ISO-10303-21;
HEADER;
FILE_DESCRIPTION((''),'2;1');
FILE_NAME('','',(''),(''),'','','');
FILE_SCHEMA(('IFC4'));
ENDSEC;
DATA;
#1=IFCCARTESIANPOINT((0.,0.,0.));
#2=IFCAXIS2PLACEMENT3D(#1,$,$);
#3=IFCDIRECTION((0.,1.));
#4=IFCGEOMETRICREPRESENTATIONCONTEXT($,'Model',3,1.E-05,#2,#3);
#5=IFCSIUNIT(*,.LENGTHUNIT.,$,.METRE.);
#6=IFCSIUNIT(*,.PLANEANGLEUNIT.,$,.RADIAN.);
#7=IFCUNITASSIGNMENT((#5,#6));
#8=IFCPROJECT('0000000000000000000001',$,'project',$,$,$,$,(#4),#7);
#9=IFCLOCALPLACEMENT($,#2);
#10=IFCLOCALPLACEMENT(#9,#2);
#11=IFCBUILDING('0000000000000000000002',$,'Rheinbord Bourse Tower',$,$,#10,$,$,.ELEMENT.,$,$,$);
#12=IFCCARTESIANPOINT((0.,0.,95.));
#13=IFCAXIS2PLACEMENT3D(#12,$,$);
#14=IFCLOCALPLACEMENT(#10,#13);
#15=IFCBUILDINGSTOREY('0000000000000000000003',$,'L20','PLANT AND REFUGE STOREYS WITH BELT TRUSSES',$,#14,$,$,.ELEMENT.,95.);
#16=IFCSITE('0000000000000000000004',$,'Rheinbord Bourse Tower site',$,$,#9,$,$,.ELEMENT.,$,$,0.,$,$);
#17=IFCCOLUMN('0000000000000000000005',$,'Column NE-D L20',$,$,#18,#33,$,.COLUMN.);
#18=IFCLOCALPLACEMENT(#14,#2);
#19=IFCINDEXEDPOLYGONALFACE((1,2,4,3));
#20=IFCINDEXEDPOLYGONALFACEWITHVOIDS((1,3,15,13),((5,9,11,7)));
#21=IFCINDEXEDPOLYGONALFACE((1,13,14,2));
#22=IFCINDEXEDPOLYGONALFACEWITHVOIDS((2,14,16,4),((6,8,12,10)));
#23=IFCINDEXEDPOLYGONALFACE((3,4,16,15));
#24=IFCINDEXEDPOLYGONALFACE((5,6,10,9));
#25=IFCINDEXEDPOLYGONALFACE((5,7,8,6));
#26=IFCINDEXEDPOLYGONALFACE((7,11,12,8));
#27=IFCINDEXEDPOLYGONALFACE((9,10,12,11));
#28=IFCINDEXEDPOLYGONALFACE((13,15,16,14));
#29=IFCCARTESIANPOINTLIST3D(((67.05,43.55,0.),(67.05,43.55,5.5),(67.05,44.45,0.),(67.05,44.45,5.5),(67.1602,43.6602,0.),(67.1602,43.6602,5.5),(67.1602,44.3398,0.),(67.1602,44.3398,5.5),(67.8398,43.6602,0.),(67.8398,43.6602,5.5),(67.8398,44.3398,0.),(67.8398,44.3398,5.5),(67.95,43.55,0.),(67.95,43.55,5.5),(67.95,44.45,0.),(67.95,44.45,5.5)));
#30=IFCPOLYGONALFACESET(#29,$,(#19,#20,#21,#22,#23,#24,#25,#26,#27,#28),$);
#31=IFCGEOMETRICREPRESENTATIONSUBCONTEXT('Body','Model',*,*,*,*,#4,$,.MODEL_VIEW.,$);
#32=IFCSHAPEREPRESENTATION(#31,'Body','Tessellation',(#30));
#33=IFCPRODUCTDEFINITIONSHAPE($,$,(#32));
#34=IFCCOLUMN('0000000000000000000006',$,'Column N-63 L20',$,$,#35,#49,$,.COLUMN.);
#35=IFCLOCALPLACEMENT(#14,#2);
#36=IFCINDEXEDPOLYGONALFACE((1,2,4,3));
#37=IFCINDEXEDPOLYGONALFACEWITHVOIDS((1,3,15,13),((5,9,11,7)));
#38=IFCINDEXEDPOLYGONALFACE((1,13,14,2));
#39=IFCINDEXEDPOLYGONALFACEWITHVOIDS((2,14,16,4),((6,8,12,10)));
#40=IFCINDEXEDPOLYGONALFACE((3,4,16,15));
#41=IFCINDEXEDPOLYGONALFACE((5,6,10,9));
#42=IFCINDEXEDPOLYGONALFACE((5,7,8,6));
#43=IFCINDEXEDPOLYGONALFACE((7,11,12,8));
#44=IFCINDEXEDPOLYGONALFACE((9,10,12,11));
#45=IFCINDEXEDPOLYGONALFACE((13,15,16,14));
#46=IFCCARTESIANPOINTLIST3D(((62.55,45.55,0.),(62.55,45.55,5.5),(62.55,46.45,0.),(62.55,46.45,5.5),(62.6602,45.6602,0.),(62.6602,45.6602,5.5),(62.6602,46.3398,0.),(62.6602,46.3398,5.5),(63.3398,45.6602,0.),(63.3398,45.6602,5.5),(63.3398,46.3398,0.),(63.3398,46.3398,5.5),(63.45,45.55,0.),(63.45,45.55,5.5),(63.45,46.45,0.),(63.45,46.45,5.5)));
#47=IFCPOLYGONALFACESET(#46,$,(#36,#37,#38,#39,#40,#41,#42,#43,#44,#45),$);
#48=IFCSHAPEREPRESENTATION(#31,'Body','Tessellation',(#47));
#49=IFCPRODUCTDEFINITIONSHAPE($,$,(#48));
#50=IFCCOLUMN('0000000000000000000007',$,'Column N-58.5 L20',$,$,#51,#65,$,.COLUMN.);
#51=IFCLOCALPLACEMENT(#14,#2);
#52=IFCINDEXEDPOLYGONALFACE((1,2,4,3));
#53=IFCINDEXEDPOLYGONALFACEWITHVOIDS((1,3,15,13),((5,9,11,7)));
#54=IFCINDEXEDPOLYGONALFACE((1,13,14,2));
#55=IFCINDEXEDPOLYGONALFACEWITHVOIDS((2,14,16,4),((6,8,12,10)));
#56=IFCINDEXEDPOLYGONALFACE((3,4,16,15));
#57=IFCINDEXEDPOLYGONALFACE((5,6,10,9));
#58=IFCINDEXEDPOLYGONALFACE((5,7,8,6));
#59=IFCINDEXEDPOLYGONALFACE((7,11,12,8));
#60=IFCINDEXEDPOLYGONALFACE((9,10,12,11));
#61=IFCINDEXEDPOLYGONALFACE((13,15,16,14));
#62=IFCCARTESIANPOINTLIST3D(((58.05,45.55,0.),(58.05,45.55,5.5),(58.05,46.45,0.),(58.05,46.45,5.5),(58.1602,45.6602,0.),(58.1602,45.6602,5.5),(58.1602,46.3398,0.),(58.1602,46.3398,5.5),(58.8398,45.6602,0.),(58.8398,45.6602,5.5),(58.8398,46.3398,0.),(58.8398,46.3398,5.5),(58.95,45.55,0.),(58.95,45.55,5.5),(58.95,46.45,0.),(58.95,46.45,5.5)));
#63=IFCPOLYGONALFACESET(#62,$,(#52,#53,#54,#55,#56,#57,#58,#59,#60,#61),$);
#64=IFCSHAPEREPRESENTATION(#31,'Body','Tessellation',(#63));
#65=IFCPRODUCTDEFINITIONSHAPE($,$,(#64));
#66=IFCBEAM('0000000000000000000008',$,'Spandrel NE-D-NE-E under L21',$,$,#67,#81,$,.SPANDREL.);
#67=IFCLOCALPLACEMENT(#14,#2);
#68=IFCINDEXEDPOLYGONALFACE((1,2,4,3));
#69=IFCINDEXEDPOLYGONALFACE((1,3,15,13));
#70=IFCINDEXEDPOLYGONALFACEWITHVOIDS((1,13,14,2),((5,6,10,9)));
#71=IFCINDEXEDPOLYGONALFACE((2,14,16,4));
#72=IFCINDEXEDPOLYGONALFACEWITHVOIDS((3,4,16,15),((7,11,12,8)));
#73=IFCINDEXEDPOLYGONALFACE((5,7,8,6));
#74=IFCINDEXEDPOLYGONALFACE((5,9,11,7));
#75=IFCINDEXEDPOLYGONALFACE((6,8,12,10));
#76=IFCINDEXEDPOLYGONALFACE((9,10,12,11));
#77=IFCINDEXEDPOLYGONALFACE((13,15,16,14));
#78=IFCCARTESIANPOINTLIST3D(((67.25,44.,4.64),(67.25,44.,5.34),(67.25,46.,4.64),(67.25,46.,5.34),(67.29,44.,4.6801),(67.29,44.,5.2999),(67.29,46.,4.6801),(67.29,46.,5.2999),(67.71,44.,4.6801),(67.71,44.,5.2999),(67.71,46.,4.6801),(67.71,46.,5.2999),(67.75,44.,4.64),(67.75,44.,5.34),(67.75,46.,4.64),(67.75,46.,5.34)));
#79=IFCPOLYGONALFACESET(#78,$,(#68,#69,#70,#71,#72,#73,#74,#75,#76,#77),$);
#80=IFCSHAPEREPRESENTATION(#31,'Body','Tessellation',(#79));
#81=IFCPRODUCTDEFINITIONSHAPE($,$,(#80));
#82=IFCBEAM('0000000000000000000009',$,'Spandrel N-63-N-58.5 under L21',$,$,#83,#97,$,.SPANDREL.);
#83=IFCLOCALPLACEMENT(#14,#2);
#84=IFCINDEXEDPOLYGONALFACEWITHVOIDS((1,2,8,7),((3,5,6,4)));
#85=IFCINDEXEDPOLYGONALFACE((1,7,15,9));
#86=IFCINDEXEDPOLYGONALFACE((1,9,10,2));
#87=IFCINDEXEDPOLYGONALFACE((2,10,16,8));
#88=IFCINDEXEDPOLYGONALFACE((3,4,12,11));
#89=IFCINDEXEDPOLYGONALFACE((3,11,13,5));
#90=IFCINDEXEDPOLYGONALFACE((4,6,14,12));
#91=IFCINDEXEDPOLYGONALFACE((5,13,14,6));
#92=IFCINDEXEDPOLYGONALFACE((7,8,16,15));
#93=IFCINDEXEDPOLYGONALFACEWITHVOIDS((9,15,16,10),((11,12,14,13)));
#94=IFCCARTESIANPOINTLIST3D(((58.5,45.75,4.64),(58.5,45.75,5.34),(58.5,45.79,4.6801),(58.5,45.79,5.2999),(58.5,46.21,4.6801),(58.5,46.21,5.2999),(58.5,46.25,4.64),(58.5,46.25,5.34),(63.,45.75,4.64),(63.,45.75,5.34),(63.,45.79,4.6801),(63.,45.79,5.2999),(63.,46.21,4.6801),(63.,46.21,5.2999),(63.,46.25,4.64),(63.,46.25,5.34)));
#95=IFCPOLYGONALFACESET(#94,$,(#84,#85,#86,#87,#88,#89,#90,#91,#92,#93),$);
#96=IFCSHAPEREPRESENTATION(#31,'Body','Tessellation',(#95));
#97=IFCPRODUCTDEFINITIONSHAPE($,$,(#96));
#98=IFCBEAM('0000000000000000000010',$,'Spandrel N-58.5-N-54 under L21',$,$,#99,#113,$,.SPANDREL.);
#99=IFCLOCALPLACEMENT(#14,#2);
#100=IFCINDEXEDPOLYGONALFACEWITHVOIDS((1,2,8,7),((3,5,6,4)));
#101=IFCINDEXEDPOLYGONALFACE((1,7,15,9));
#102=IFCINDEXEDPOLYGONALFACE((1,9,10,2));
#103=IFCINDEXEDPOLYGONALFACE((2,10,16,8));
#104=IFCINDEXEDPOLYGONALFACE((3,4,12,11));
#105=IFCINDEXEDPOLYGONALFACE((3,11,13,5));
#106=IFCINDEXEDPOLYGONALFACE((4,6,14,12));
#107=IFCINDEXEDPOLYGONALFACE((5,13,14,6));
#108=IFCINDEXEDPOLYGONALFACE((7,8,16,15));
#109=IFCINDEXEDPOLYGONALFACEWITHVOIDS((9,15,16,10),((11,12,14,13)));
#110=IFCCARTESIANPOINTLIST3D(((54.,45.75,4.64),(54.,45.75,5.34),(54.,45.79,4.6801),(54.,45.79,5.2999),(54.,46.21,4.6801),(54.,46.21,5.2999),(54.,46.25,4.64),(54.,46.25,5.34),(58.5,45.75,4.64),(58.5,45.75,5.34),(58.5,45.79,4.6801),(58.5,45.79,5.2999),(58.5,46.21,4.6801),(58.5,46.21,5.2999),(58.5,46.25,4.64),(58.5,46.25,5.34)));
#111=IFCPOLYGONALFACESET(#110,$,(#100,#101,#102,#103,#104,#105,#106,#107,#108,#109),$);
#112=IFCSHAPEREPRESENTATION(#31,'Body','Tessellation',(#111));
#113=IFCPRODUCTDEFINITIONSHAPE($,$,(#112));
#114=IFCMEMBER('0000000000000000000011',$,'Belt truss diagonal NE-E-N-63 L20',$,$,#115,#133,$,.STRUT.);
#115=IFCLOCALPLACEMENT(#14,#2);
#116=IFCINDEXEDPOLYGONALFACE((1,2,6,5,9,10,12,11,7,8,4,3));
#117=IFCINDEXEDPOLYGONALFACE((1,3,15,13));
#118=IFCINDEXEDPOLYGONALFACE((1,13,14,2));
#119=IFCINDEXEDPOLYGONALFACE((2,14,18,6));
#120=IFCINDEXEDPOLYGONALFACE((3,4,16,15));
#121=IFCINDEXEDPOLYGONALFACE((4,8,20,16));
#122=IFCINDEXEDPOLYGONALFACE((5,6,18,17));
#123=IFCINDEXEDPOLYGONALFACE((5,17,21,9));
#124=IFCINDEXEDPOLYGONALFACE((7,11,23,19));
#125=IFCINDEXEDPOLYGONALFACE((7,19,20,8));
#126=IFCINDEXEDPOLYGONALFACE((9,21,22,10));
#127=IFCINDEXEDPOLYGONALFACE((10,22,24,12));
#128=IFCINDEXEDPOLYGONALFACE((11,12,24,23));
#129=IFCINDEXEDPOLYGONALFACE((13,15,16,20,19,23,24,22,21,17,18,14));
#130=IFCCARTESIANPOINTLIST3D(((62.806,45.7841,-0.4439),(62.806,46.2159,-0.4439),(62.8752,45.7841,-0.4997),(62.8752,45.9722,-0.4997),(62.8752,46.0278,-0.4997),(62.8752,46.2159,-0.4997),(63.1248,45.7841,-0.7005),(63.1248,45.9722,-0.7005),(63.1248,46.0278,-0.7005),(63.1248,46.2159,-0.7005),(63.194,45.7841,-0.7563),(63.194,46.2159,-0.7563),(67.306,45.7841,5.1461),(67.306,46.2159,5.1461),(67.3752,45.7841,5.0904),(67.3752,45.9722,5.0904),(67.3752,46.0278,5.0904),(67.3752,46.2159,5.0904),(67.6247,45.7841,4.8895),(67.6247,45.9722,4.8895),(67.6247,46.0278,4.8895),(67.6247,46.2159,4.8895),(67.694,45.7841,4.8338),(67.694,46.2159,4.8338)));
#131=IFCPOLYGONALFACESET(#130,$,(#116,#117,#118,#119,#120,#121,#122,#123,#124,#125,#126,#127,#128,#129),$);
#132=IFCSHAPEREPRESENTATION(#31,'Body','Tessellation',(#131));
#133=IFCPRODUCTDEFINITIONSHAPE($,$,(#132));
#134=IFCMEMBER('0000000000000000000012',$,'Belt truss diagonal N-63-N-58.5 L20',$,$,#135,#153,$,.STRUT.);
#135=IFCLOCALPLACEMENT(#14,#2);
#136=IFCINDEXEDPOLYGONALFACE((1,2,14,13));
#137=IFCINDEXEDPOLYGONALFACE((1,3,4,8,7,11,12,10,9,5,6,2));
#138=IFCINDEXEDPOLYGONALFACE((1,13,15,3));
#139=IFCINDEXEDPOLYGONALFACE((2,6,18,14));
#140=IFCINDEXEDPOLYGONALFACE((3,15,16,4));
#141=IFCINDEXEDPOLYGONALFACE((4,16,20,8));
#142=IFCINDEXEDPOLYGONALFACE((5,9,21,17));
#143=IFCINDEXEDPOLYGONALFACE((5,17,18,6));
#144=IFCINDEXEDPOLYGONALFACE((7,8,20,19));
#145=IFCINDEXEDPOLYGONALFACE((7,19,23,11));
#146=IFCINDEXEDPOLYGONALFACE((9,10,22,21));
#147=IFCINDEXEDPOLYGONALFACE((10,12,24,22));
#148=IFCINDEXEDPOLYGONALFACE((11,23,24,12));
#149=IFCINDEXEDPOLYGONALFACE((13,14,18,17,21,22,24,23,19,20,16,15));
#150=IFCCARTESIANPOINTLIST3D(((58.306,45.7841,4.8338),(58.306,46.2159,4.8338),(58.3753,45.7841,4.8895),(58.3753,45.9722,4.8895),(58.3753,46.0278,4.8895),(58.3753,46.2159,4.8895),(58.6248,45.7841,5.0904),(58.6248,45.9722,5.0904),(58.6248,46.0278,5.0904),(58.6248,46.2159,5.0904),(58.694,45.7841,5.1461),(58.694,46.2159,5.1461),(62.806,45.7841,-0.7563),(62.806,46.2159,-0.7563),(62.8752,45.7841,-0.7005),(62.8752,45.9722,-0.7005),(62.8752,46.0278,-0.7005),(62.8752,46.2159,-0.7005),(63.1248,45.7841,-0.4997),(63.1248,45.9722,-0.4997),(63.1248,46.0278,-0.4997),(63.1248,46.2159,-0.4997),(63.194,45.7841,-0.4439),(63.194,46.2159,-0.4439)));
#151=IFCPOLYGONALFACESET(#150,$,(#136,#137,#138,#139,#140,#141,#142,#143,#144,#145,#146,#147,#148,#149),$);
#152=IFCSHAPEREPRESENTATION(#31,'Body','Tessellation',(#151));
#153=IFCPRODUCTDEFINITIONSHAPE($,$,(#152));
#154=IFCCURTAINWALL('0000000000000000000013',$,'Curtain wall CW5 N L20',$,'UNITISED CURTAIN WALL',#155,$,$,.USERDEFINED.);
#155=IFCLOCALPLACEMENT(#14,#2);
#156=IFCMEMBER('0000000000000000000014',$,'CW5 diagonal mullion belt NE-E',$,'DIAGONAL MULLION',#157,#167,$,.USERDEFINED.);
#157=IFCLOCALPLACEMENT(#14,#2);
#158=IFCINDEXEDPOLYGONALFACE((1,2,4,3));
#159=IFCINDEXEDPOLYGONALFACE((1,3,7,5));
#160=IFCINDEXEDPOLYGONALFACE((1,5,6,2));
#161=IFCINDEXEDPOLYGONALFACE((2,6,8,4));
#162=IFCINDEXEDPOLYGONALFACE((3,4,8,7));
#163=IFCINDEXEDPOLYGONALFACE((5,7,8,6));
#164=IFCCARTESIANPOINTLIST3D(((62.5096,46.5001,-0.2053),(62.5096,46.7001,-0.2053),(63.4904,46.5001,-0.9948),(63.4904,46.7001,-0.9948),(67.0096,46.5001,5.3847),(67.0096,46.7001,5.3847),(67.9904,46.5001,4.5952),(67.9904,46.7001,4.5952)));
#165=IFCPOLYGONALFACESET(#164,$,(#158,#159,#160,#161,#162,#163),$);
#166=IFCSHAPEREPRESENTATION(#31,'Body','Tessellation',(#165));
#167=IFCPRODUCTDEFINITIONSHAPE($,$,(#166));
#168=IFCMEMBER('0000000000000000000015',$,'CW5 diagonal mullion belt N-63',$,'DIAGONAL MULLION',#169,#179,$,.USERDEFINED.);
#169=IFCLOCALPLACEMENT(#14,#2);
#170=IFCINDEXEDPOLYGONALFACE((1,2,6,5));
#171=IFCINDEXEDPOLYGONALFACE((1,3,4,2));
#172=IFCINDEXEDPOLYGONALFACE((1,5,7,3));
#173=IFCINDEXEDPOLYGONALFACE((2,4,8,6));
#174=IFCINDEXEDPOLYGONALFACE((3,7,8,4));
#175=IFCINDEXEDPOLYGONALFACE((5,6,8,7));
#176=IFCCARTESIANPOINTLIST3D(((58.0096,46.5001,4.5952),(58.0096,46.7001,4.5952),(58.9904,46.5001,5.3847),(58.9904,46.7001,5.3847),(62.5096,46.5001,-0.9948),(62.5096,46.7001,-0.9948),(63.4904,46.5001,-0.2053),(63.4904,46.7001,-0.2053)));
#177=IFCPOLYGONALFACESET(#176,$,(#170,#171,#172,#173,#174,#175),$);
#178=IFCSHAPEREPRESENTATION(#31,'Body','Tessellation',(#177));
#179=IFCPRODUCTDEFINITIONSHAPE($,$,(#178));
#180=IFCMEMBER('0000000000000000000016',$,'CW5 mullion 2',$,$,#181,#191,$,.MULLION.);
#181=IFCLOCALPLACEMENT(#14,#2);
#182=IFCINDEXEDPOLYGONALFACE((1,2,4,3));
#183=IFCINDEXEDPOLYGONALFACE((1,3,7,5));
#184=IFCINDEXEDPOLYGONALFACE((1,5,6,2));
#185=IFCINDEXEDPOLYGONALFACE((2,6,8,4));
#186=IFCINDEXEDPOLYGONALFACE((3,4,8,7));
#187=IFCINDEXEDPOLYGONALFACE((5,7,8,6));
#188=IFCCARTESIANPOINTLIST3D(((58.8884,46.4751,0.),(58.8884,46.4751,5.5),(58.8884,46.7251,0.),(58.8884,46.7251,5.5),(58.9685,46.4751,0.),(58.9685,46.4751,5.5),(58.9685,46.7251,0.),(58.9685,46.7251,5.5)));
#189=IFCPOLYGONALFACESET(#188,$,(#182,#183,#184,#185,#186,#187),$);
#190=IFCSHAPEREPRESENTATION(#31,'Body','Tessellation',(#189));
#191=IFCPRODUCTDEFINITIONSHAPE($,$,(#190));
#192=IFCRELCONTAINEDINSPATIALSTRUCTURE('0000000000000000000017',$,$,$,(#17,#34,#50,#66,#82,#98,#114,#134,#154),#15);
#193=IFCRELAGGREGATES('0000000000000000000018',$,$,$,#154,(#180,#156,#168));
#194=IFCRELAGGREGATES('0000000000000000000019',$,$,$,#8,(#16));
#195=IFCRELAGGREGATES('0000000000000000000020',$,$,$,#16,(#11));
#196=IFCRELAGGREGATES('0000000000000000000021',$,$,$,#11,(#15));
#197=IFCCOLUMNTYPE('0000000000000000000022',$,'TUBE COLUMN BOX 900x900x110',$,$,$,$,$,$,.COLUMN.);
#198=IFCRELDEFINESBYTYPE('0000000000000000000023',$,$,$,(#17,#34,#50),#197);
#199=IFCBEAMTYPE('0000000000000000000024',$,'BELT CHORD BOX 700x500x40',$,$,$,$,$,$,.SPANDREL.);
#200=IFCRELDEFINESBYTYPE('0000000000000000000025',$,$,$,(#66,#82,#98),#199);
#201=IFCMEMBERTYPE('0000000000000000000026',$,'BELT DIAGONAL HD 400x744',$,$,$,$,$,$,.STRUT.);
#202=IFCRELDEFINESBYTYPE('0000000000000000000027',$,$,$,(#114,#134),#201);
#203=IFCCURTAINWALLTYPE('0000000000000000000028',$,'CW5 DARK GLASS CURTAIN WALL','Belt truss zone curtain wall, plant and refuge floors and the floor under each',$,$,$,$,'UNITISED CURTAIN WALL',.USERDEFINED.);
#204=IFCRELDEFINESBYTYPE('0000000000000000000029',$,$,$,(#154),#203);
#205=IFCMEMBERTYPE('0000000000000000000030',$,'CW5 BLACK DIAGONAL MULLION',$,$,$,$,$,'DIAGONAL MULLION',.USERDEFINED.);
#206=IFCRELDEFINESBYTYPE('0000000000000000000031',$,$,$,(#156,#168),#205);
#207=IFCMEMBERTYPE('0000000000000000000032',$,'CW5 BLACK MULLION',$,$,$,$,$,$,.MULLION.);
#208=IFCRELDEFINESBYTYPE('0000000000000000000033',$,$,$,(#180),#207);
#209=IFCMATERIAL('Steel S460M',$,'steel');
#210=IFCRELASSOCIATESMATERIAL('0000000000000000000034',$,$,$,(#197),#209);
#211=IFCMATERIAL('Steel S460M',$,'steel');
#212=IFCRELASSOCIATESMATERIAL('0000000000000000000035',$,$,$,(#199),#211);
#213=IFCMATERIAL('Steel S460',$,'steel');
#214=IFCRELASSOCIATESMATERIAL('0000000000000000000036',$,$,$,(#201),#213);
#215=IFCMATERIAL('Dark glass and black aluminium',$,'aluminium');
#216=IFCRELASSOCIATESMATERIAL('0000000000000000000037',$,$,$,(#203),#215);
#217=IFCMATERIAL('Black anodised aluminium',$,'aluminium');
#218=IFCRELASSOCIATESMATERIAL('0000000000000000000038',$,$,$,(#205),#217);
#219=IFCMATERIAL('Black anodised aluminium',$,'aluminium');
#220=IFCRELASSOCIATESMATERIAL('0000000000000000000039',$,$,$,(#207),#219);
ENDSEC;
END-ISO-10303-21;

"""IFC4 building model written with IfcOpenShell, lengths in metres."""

from ifc_helpers import new_model, si_unit, direction, frame, origin, origin_2d, place, context, subcontext, project, spatial, rectangle, hollow_rectangle, i_section, extrude, material, material_profile, profile_set, type_object, element, aggregate, save


model = new_model("IFC4")

# Units and contexts
model_context = context("Model", 3, precision=1e-05, world=origin(), true_north=direction((0.0, 1.0)))
body_context = subcontext(model_context, "Body", "Model", "MODEL_VIEW")
ifc_project = project(units=[si_unit("LENGTHUNIT", "METRE"), si_unit("PLANEANGLEUNIT", "RADIAN")], contexts=[model_context])

# Site, building, storey
site_placement = place(None, origin())
site = spatial("IfcSite", under=ifc_project, at=site_placement, Name="Rheinbord Bourse Tower site", CompositionType="ELEMENT", RefElevation=0.0)
building_placement = place(site_placement, origin())
building = spatial("IfcBuilding", under=site, at=building_placement, Name="Rheinbord Bourse Tower", CompositionType="ELEMENT")
storey_placement = place(building_placement, frame((0.0, 0.0, 95.0)))
storey = spatial("IfcBuildingStorey", under=building, at=storey_placement, Name="L20", Description="PLANT AND REFUGE STOREYS WITH BELT TRUSSES", CompositionType="ELEMENT", Elevation=95.0)

# Columns
ifc_material_1 = material(Name="Steel S460M", Category="steel")
ifc_material_profile_1 = material_profile(ifc_material_1, hollow_rectangle(XDim=0.8999, YDim=0.8999, WallThickness=0.1101, at=origin_2d()), Name="BOX 900x900x110")
ifc_profile_set_1 = profile_set([ifc_material_profile_1], Name="Steel S460M")
column_type = type_object("IfcColumnType", Name="TUBE COLUMN BOX 900x900x110", PredefinedType="COLUMN", material=ifc_profile_set_1)
for number, where, z_axis, x_axis, name in (
    (1, (67.5, 44.0, 0.0), (0.0, 0.0, 1.0), (0.0, 1.0, 0.0), "Column NE-D L20"),
    (2, (63.0, 46.0, 0.0), (0.0, 0.0, 1.0), (0.0, 1.0, 0.0), "Column N-63 L20"),
    (3, (58.5, 46.0, 0.0), (0.0, 0.0, 1.0), (0.0, 1.0, 0.0), "Column N-58.5 L20"),
):
    element("IfcColumn", number, at=place(storey_placement, frame(where, z_axis=z_axis, x_axis=x_axis)), inside=storey, type_object=column_type, Name=name, PredefinedType="COLUMN", context=body_context, shape_type="SweptSolid", body=[
        extrude(hollow_rectangle(XDim=0.8999, YDim=0.8999, WallThickness=0.1101, at=origin_2d()), origin(), (0.0, 0.0, 1.0), 5.5),
    ])

# Beams
ifc_material_2 = material(Name="Steel S460M", Category="steel")
ifc_material_profile_2 = material_profile(ifc_material_2, hollow_rectangle(XDim=0.5, YDim=0.7, WallThickness=0.04, at=origin_2d()), Name="BOX 700x500x40")
ifc_profile_set_2 = profile_set([ifc_material_profile_2], Name="Steel S460M")
beam_type_1 = type_object("IfcBeamType", Name="BELT CHORD BOX 700x500x40", PredefinedType="SPANDREL", material=ifc_profile_set_2)
beam_placement = place(storey_placement, frame((67.5, 44.0, 4.99), z_axis=(0.0, 1.0, 0.0), x_axis=(-1.0, 0.0, 0.0)))
element("IfcBeam", 4, at=beam_placement, inside=storey, type_object=beam_type_1, Name="Spandrel NE-D-NE-E under L21", PredefinedType="SPANDREL", context=body_context, shape_type="SweptSolid", body=[
    extrude(hollow_rectangle(XDim=0.5, YDim=0.7, WallThickness=0.04, at=origin_2d()), origin(), (0.0, 0.0, 1.0), 2.0),
])
for number, where, z_axis, x_axis, name in (
    (5, (63.0, 46.0, 4.99), (-1.0, 0.0, 0.0), (0.0, -1.0, 0.0), "Spandrel N-63-N-58.5 under L21"),
    (6, (58.5, 46.0, 4.99), (-1.0, 0.0, 0.0), (0.0, -1.0, 0.0), "Spandrel N-58.5-N-54 under L21"),
):
    element("IfcBeam", number, at=place(storey_placement, frame(where, z_axis=z_axis, x_axis=x_axis)), inside=storey, type_object=beam_type_1, Name=name, PredefinedType="SPANDREL", context=body_context, shape_type="SweptSolid", body=[
        extrude(hollow_rectangle(XDim=0.5, YDim=0.7, WallThickness=0.04, at=origin_2d()), origin(), (0.0, 0.0, 1.0), 4.5),
    ])

# Members
ifc_material_3 = material(Name="Steel S460", Category="steel")
ifc_material_profile_3 = material_profile(ifc_material_3, i_section(OverallWidth=0.4319, OverallDepth=0.498, WebThickness=0.0557, FlangeThickness=0.0889, at=origin_2d()), Name="HD 400x744")
ifc_profile_set_3 = profile_set([ifc_material_profile_3], Name="Steel S460")
member_type_1 = type_object("IfcMemberType", Name="BELT DIAGONAL HD 400x744", PredefinedType="STRUT", material=ifc_profile_set_3)
for number, where, z_axis, x_axis, name in (
    (7, (63.0, 46.0, -0.6001), (0.627065, 0.0, 0.778967), (0.0, 1.0, 0.0), "Belt truss diagonal NE-E-N-63 L20"),
    (8, (63.0, 46.0, -0.6001), (-0.627065, 0.0, 0.778967), (0.0, -1.0, 0.0), "Belt truss diagonal N-63-N-58.5 L20"),
):
    element("IfcMember", number, at=place(storey_placement, frame(where, z_axis=z_axis, x_axis=x_axis)), inside=storey, type_object=member_type_1, Name=name, PredefinedType="STRUT", context=body_context, shape_type="SweptSolid", body=[
        extrude(i_section(OverallWidth=0.4319, OverallDepth=0.498, WebThickness=0.0557, FlangeThickness=0.0889, at=origin_2d()), origin(), (0.0, 0.0, 1.0), 7.1763),
    ])

# Curtain wall, members
ifc_material_4 = material(Name="Dark glass and black aluminium", Category="aluminium")
curtain_wall_type = type_object("IfcCurtainWallType", Name="CW5 DARK GLASS CURTAIN WALL", Description="Belt truss zone curtain wall, plant and refuge floors and the floor under each", ElementType="UNITISED CURTAIN WALL", PredefinedType="USERDEFINED", material=ifc_material_4)
curtain_wall_placement = place(storey_placement, origin())
curtain_wall = element("IfcCurtainWall", 9, at=curtain_wall_placement, inside=storey, type_object=curtain_wall_type, Name="Curtain wall CW5 N L20", ObjectType="UNITISED CURTAIN WALL", PredefinedType="USERDEFINED")
ifc_material_5 = material(Name="Black anodised aluminium", Category="aluminium")
ifc_material_profile_4 = material_profile(ifc_material_5, rectangle(XDim=0.2, YDim=1.259, at=origin_2d()), Name="CW5 DIAGONAL MULLION 1259x200")
ifc_profile_set_4 = profile_set([ifc_material_profile_4], Name="Black anodised aluminium")
member_type_2 = type_object("IfcMemberType", Name="CW5 BLACK DIAGONAL MULLION", ElementType="DIAGONAL MULLION", PredefinedType="USERDEFINED", material=ifc_profile_set_4)
member_1_placement = place(storey_placement, frame((63.0, 46.6001, -0.6001), z_axis=(0.627065, 0.0, 0.778967), x_axis=(0.0, 1.0, 0.0)))
member_1 = element("IfcMember", 10, at=member_1_placement, type_object=member_type_2, Name="CW5 diagonal mullion belt NE-E", ObjectType="DIAGONAL MULLION", PredefinedType="USERDEFINED", context=body_context, shape_type="SweptSolid", body=[
    extrude(rectangle(XDim=0.2, YDim=1.259, at=origin_2d()), origin(), (0.0, 0.0, 1.0), 7.1763),
])
member_2_placement = place(storey_placement, frame((63.0, 46.6001, -0.6001), z_axis=(-0.627065, 0.0, 0.778967), x_axis=(0.0, -1.0, 0.0)))
member_2 = element("IfcMember", 11, at=member_2_placement, type_object=member_type_2, Name="CW5 diagonal mullion belt N-63", ObjectType="DIAGONAL MULLION", PredefinedType="USERDEFINED", context=body_context, shape_type="SweptSolid", body=[
    extrude(rectangle(XDim=0.2, YDim=1.259, at=origin_2d()), origin(), (0.0, 0.0, 1.0), 7.1763),
])
ifc_material_6 = material(Name="Black anodised aluminium", Category="aluminium")
ifc_material_profile_5 = material_profile(ifc_material_6, rectangle(XDim=0.25, YDim=0.0801, at=origin_2d()), Name="CW5 MULLION 80x250")
ifc_profile_set_5 = profile_set([ifc_material_profile_5], Name="Black anodised aluminium")
member_type_3 = type_object("IfcMemberType", Name="CW5 BLACK MULLION", PredefinedType="MULLION", material=ifc_profile_set_5)
member_3_placement = place(storey_placement, frame((58.9285, 46.6001, 0.0), z_axis=(0.0, 0.0, 1.0), x_axis=(0.0, -1.0, 0.0)))
member_3 = element("IfcMember", 12, at=member_3_placement, type_object=member_type_3, Name="CW5 mullion 2", PredefinedType="MULLION", context=body_context, shape_type="SweptSolid", body=[
    extrude(rectangle(XDim=0.25, YDim=0.0801, at=origin_2d()), origin(), (0.0, 0.0, 1.0), 5.5),
])

aggregate(curtain_wall, [member_3, member_1, member_2])

save(model, "model.ifc")
